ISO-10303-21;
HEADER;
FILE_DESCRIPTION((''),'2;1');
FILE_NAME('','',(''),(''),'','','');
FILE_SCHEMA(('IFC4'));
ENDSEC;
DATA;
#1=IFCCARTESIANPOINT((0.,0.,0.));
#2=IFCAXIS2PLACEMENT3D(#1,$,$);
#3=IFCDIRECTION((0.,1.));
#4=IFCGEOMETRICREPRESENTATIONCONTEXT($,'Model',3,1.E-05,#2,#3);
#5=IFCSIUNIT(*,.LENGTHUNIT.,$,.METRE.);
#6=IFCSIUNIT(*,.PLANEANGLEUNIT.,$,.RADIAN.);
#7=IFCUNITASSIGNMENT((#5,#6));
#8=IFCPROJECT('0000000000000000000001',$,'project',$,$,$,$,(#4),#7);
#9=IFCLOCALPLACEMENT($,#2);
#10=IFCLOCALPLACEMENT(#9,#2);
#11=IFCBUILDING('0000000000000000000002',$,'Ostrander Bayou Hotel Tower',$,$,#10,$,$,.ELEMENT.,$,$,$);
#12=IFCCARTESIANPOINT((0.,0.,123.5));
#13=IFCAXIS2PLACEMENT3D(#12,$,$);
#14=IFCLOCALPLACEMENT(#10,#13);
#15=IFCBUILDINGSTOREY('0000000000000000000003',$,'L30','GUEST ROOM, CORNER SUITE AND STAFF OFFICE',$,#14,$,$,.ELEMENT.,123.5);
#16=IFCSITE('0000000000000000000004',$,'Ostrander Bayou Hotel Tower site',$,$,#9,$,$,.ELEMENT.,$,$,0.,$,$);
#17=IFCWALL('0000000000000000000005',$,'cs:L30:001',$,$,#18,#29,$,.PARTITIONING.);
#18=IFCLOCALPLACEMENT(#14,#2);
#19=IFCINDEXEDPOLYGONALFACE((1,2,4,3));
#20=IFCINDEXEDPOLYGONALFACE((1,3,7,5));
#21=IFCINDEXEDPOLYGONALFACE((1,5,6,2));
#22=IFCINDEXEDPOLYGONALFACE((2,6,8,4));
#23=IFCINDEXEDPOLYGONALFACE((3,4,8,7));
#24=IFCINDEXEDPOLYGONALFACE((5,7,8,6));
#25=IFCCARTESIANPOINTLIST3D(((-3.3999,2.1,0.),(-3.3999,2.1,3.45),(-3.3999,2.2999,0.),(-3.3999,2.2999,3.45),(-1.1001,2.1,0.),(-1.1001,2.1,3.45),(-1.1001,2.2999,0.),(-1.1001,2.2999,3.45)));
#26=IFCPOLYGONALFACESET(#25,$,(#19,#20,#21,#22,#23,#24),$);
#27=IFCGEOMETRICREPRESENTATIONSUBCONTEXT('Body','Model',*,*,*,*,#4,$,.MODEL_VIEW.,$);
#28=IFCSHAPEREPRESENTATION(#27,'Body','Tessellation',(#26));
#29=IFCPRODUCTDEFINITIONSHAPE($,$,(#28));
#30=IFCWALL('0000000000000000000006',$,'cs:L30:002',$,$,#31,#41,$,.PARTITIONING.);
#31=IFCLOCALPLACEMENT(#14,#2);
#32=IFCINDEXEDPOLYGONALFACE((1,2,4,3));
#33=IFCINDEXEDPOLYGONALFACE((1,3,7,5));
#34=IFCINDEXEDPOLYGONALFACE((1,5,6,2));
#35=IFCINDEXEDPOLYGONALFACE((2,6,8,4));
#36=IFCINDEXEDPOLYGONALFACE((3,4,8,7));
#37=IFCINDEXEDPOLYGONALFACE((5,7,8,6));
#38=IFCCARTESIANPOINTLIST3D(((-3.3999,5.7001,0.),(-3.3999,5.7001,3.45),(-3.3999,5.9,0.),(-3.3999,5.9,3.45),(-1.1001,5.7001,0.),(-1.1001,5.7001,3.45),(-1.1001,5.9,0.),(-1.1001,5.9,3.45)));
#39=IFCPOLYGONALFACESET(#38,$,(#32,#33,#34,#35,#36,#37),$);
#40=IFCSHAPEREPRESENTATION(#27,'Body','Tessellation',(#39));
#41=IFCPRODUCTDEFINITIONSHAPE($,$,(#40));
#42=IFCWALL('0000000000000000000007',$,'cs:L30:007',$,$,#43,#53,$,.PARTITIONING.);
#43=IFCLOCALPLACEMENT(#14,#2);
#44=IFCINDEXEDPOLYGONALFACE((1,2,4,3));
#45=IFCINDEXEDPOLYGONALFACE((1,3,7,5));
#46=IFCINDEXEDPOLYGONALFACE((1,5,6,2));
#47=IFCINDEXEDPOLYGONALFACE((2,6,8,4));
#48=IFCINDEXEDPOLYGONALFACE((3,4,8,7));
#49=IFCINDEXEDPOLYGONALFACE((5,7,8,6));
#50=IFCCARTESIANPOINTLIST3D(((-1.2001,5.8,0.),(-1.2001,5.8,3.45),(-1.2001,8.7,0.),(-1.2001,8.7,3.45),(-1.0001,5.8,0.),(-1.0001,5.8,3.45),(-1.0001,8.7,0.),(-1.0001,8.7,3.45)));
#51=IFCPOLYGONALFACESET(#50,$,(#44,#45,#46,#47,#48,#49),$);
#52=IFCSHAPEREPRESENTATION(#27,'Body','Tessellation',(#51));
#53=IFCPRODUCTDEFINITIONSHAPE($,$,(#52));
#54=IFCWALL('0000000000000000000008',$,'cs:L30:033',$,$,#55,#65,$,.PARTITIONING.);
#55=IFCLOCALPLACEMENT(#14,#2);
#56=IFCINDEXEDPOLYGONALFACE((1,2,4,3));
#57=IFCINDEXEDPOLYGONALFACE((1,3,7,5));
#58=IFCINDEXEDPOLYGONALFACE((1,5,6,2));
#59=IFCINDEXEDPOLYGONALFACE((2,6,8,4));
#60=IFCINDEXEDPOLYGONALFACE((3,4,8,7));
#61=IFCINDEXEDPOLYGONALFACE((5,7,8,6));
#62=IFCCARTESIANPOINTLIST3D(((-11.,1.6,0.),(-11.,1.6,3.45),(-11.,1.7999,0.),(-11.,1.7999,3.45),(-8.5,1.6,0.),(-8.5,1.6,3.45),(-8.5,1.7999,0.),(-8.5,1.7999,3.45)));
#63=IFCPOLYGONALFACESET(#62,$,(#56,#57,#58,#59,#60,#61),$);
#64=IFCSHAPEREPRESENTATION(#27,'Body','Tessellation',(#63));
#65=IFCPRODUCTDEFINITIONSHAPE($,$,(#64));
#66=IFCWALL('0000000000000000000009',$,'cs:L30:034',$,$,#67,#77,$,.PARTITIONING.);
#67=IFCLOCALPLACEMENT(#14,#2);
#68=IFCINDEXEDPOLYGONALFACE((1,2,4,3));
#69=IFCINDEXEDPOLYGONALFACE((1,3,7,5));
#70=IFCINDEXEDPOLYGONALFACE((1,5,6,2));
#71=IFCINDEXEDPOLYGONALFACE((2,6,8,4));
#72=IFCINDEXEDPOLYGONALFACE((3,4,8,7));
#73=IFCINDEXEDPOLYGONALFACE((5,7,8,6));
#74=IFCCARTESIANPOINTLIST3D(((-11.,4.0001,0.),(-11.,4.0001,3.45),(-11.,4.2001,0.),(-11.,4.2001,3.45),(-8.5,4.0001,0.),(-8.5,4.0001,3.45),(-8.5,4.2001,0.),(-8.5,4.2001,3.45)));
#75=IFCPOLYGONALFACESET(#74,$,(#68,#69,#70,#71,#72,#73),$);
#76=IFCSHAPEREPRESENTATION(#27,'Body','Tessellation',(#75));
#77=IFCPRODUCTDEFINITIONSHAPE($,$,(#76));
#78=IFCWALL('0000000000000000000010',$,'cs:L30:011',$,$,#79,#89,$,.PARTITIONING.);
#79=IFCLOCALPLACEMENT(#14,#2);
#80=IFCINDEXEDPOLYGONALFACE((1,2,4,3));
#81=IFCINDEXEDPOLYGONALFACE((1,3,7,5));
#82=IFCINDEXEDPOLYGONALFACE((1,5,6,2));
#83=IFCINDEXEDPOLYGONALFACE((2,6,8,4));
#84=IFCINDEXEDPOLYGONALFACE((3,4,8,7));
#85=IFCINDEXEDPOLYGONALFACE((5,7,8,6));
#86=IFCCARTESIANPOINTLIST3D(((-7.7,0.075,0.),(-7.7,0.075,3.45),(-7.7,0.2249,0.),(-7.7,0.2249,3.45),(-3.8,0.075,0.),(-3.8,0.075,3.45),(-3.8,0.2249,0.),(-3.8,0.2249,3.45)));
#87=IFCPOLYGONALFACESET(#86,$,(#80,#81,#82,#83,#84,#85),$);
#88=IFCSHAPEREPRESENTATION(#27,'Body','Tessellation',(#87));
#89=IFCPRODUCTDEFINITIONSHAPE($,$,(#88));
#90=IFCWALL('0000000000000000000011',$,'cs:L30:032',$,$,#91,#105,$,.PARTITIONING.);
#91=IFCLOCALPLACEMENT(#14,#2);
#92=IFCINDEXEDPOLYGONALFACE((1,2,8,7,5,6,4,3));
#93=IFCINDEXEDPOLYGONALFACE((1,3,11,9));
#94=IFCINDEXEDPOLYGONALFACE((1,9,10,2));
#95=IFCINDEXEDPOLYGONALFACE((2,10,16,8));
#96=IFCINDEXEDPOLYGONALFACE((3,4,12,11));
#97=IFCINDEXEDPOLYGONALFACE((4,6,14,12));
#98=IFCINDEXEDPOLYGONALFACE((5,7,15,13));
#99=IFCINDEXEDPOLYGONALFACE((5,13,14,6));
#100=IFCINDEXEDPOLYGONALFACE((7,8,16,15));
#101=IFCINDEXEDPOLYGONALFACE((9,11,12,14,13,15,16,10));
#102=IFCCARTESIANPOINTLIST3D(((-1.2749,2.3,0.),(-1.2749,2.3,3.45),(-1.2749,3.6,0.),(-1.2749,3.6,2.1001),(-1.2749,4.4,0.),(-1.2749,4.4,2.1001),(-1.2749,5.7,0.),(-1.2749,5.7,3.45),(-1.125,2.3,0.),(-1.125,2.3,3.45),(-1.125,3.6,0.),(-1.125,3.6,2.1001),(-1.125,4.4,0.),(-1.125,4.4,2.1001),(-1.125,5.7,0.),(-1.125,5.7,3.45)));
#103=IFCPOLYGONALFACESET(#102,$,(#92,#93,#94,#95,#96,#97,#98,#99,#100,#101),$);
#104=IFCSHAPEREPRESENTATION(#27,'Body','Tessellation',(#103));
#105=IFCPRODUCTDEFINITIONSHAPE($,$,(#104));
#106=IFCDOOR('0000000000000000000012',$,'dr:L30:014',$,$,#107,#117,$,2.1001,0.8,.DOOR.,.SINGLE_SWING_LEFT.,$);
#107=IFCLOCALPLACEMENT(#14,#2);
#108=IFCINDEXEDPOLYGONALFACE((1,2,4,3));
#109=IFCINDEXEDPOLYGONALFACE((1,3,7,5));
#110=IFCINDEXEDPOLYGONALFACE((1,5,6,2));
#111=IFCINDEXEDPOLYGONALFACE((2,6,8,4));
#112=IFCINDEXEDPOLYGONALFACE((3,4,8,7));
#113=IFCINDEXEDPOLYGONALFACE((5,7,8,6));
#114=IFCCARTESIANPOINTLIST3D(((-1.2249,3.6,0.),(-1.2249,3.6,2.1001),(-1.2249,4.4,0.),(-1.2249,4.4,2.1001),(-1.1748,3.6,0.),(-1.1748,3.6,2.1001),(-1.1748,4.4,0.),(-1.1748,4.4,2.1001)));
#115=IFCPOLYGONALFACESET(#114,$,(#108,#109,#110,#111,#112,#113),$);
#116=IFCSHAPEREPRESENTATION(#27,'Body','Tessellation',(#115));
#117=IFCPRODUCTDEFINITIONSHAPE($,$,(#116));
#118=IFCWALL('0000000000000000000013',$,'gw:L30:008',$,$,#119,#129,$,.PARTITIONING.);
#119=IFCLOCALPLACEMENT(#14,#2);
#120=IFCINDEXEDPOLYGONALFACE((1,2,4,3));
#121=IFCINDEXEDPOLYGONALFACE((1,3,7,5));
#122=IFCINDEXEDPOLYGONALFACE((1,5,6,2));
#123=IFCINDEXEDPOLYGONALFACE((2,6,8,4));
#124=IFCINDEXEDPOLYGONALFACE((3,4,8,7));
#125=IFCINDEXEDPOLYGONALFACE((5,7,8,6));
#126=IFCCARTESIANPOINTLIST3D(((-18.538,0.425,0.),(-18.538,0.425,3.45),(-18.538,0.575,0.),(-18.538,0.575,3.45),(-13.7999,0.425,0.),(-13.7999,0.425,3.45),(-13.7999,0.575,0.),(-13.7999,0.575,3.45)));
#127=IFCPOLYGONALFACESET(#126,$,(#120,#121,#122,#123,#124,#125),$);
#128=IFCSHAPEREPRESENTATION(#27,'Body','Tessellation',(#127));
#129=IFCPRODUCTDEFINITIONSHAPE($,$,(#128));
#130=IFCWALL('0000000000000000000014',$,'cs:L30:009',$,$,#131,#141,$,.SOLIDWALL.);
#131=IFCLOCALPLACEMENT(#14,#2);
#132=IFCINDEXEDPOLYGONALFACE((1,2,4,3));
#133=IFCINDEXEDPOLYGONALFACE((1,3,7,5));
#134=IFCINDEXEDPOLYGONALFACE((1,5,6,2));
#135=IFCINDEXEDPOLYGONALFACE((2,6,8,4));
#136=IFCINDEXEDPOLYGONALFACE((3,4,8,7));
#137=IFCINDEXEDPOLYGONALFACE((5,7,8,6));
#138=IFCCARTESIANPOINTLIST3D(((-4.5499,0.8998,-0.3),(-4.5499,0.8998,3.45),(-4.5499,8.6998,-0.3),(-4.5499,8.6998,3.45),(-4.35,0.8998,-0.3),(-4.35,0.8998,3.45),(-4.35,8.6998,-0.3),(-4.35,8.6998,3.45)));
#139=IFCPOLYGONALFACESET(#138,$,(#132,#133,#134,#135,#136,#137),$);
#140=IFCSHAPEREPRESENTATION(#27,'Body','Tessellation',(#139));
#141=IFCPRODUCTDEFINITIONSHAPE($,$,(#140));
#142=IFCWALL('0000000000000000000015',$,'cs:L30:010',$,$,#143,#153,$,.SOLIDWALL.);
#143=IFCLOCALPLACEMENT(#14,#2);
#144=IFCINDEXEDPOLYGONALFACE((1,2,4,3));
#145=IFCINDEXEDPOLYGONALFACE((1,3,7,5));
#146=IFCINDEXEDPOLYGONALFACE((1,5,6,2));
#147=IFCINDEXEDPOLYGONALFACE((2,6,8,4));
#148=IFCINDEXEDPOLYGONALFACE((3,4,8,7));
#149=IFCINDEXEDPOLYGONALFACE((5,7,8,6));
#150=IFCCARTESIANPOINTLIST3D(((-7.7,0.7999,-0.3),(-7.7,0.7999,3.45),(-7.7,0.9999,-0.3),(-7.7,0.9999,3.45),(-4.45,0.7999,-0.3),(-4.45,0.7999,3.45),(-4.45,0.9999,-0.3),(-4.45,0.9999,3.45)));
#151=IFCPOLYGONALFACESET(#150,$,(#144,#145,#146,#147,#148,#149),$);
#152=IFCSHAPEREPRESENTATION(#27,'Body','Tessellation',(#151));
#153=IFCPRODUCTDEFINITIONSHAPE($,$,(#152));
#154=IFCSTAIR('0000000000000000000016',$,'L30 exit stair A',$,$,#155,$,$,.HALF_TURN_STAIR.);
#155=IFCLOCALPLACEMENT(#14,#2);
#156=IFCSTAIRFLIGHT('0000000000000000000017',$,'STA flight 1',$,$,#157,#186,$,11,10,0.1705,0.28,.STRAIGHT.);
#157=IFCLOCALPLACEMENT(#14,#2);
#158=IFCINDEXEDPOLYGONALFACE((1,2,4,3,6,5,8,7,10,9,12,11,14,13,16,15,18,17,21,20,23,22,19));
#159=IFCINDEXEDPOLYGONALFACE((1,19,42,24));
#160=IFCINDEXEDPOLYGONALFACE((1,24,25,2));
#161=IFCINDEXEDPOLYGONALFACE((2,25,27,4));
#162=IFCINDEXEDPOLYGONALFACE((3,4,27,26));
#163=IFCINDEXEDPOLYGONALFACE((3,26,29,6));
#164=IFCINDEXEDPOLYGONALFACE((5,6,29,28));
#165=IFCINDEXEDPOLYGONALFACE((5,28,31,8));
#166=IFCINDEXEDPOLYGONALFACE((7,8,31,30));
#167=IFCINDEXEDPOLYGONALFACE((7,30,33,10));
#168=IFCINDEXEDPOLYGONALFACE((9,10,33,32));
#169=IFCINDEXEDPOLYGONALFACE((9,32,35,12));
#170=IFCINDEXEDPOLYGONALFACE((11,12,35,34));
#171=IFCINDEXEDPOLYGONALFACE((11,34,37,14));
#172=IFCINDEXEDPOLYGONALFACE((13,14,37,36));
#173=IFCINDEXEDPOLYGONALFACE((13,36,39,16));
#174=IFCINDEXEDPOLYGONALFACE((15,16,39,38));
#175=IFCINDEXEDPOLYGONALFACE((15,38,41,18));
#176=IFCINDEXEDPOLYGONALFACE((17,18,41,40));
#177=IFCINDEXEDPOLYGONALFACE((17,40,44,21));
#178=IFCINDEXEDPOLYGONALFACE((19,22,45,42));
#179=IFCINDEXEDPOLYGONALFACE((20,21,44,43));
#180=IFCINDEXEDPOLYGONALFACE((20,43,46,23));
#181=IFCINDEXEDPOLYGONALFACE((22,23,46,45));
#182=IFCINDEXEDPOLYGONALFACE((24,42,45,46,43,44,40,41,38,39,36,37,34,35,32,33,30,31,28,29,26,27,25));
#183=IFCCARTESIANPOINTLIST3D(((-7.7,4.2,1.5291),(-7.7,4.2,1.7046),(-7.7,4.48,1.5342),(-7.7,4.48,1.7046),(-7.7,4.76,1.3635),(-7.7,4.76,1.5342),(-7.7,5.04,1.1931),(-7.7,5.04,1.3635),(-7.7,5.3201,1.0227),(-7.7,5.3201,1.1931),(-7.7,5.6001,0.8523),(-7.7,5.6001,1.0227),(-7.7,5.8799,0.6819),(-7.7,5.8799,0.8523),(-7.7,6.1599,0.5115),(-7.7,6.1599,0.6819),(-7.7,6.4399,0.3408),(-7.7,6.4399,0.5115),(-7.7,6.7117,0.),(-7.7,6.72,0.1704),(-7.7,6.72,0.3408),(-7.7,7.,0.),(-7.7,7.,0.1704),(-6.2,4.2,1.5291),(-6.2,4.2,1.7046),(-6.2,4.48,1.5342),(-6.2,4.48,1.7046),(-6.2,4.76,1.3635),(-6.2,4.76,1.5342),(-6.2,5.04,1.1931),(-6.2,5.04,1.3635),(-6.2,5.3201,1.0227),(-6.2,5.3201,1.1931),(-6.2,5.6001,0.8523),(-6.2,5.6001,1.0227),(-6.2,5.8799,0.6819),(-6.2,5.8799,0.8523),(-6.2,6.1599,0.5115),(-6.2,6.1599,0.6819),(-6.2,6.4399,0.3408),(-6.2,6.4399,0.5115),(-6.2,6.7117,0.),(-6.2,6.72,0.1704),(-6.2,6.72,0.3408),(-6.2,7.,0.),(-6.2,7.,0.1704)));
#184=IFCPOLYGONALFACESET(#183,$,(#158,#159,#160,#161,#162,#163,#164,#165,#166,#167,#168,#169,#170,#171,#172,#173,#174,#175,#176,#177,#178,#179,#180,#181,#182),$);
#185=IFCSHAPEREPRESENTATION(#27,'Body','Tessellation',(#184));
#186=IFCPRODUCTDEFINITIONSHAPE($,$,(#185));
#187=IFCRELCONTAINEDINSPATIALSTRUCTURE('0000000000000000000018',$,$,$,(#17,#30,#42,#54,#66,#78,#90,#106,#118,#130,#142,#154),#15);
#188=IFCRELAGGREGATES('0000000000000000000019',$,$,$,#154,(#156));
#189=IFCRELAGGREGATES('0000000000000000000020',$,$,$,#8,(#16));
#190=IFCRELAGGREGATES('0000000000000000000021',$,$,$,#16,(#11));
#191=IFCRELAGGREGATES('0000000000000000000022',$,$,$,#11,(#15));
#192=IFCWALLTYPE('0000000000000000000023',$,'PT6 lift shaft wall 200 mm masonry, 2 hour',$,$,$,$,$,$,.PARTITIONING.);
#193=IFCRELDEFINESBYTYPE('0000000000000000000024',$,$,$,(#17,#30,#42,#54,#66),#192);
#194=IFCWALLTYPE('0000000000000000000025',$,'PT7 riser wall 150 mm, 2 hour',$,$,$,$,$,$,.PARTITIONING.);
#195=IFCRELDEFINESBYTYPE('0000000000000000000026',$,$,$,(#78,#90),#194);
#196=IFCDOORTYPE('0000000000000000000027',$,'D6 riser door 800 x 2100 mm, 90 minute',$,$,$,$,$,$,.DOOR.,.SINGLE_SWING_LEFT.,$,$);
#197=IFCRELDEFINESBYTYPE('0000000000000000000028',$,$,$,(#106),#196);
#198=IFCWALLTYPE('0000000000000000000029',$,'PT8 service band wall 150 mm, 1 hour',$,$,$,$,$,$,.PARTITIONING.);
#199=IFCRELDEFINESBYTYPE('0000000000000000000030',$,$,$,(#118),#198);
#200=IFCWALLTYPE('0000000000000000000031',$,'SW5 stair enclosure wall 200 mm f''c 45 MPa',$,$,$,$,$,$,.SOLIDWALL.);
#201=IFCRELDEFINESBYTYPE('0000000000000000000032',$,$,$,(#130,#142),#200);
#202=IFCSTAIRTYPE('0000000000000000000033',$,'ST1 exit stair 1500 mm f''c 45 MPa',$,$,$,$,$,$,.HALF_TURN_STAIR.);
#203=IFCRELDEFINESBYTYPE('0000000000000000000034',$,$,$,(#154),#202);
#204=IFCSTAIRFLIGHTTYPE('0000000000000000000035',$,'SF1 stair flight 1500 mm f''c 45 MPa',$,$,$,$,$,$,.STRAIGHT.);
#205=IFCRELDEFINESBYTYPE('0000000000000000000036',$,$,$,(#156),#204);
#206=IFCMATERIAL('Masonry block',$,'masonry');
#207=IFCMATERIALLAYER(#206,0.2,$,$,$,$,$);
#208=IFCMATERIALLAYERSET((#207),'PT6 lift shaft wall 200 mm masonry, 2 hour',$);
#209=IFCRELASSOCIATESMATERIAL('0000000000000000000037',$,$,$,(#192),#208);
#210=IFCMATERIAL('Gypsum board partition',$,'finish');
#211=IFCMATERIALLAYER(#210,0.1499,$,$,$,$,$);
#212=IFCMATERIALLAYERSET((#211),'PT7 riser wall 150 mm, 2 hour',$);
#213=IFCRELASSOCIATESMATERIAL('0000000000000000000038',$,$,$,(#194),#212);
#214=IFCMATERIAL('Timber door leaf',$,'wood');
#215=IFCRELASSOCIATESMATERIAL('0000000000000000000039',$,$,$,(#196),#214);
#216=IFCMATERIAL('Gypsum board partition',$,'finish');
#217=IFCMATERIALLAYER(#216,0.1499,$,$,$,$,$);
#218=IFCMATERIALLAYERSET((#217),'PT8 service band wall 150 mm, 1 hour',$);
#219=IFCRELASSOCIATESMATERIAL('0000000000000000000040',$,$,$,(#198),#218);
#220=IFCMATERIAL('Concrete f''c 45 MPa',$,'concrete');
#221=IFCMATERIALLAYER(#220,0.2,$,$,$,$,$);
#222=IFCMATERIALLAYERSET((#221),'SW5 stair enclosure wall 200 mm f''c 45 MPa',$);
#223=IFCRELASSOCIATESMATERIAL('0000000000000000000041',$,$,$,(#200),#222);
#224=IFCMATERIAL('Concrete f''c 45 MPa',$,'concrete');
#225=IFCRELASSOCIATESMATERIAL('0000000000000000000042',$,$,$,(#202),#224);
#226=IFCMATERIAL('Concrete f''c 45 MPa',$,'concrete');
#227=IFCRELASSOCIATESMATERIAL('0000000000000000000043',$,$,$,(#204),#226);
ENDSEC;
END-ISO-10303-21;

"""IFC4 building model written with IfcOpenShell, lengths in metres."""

from ifc_helpers import new_model, si_unit, direction, frame, frame_2d, origin, place, context, subcontext, project, spatial, polyline, rectangle, outline, extrude, material, layer, layer_set, type_object, element, fill, aggregate, save


model = new_model("IFC4")

# Units and contexts
model_context = context("Model", 3, precision=1e-05, world=origin(), true_north=direction((0.0, 1.0)))
body_context = subcontext(model_context, "Body", "Model", "MODEL_VIEW")
ifc_project = project(units=[si_unit("LENGTHUNIT", "METRE"), si_unit("PLANEANGLEUNIT", "RADIAN")], contexts=[model_context])

# Site, building, storey
site_placement = place(None, origin())
site = spatial("IfcSite", under=ifc_project, at=site_placement, Name="Ostrander Bayou Hotel Tower site", CompositionType="ELEMENT", RefElevation=0.0)
building_placement = place(site_placement, origin())
building = spatial("IfcBuilding", under=site, at=building_placement, Name="Ostrander Bayou Hotel Tower", CompositionType="ELEMENT")
storey_placement = place(building_placement, frame((0.0, 0.0, 123.5)))
storey = spatial("IfcBuildingStorey", under=building, at=storey_placement, Name="L30", Description="GUEST ROOM, CORNER SUITE AND STAFF OFFICE", CompositionType="ELEMENT", Elevation=123.5)

# Walls
ifc_material_1 = material(Name="Masonry block", Category="masonry")
ifc_layer_1 = layer(ifc_material_1, 0.2)
ifc_layer_set_1 = layer_set([ifc_layer_1], Name="PT6 lift shaft wall 200 mm masonry, 2 hour")
wall_type_1 = type_object("IfcWallType", Name="PT6 lift shaft wall 200 mm masonry, 2 hour", PredefinedType="PARTITIONING", material=ifc_layer_set_1)
for number, where, z_axis, x_axis, name in (
    (1, (-3.3999, 2.2, 0.0), (0.0, 0.0, 1.0), (1.0, 0.0, 0.0), "cs:L30:001"),
    (2, (-3.3999, 5.8, 0.0), (0.0, 0.0, 1.0), (1.0, 0.0, 0.0), "cs:L30:002"),
):
    element("IfcWall", number, at=place(storey_placement, frame(where, z_axis=z_axis, x_axis=x_axis)), inside=storey, type_object=wall_type_1, Name=name, PredefinedType="PARTITIONING", context=body_context, shape_type="SweptSolid", body=[
        extrude(rectangle(XDim=2.2998, YDim=0.2, at=frame_2d((1.1499, 0.0))), origin(), (0.0, 0.0, 1.0), 3.45),
    ])
wall_1_placement = place(storey_placement, frame((-1.1001, 5.8, 0.0), z_axis=(0.0, 0.0, 1.0), x_axis=(0.0, 1.0, 0.0)))
element("IfcWall", 3, at=wall_1_placement, inside=storey, type_object=wall_type_1, Name="cs:L30:007", PredefinedType="PARTITIONING", context=body_context, shape_type="SweptSolid", body=[
    extrude(rectangle(XDim=2.8999, YDim=0.2, at=frame_2d((1.45, 0.0))), origin(), (0.0, 0.0, 1.0), 3.45),
])
for number, where, z_axis, x_axis, name in (
    (4, (-11.0, 1.7, 0.0), (0.0, 0.0, 1.0), (1.0, 0.0, 0.0), "cs:L30:033"),
    (5, (-11.0, 4.1001, 0.0), (0.0, 0.0, 1.0), (1.0, 0.0, 0.0), "cs:L30:034"),
):
    element("IfcWall", number, at=place(storey_placement, frame(where, z_axis=z_axis, x_axis=x_axis)), inside=storey, type_object=wall_type_1, Name=name, PredefinedType="PARTITIONING", context=body_context, shape_type="SweptSolid", body=[
        extrude(rectangle(XDim=2.5, YDim=0.2, at=frame_2d((1.25, 0.0))), origin(), (0.0, 0.0, 1.0), 3.45),
    ])
ifc_material_2 = material(Name="Gypsum board partition", Category="finish")
ifc_layer_2 = layer(ifc_material_2, 0.1499)
ifc_layer_set_2 = layer_set([ifc_layer_2], Name="PT7 riser wall 150 mm, 2 hour")
wall_type_2 = type_object("IfcWallType", Name="PT7 riser wall 150 mm, 2 hour", PredefinedType="PARTITIONING", material=ifc_layer_set_2)
wall_2_placement = place(storey_placement, frame((-7.7, 0.1499, 0.0), z_axis=(0.0, 0.0, 1.0), x_axis=(1.0, 0.0, 0.0)))
element("IfcWall", 6, at=wall_2_placement, inside=storey, type_object=wall_type_2, Name="cs:L30:011", PredefinedType="PARTITIONING", context=body_context, shape_type="SweptSolid", body=[
    extrude(rectangle(XDim=3.8999, YDim=0.1499, at=frame_2d((1.95, 0.0))), origin(), (0.0, 0.0, 1.0), 3.45),
])

# Wall, opening, door
wall_3_placement = place(storey_placement, frame((-1.2, 2.3, 0.0), z_axis=(0.0, 0.0, 1.0), x_axis=(0.0, 1.0, 0.0)))
wall_3 = element("IfcWall", 7, at=wall_3_placement, inside=storey, type_object=wall_type_2, Name="cs:L30:032", PredefinedType="PARTITIONING", context=body_context, shape_type="SweptSolid", body=[
    extrude(rectangle(XDim=3.3999, YDim=0.1499, at=frame_2d((1.7, 0.0))), origin(), (0.0, 0.0, 1.0), 3.45),
])
opening_1_placement = place(wall_3_placement, frame((1.3, 0.0, 0.0)))
opening_1 = element("IfcOpeningElement", 8, at=opening_1_placement, cuts=wall_3, PredefinedType="OPENING", context=body_context, shape_type="SweptSolid", body=[
    extrude(rectangle(XDim=0.8, YDim=2.1001, at=frame_2d((0.3999, 1.05))), frame((0.0, 0.075, 0.0), z_axis=(0.0, -1.0, 0.0), x_axis=(1.0, 0.0, 0.0)), (0.0, 0.0, 1.0), 0.1499),
])
ifc_material_3 = material(Name="Timber door leaf", Category="wood")
door_type_1 = type_object("IfcDoorType", Name="D6 riser door 800 x 2100 mm, 90 minute", OperationType="SINGLE_SWING_LEFT", PredefinedType="DOOR", material=ifc_material_3)
door_1_placement = place(opening_1_placement, origin())
door_1 = element("IfcDoor", 9, at=door_1_placement, inside=storey, type_object=door_type_1, Name="dr:L30:014", OperationType="SINGLE_SWING_LEFT", OverallHeight=2.1001, OverallWidth=0.8, PredefinedType="DOOR", context=body_context, shape_type="SweptSolid", body=[
    extrude(rectangle(XDim=0.8, YDim=2.1001, at=frame_2d((0.3999, 1.05))), frame((0.0, 0.0249, 0.0), z_axis=(0.0, -1.0, 0.0), x_axis=(1.0, 0.0, 0.0)), (0.0, 0.0, 1.0), 0.05),
])
fill(opening_1, door_1)

# Walls
ifc_material_4 = material(Name="Gypsum board partition", Category="finish")
ifc_layer_3 = layer(ifc_material_4, 0.1499)
ifc_layer_set_3 = layer_set([ifc_layer_3], Name="PT8 service band wall 150 mm, 1 hour")
wall_type_3 = type_object("IfcWallType", Name="PT8 service band wall 150 mm, 1 hour", PredefinedType="PARTITIONING", material=ifc_layer_set_3)
wall_4_placement = place(storey_placement, frame((-18.5381, 0.5, 0.0), z_axis=(0.0, 0.0, 1.0), x_axis=(1.0, 0.0, 0.0)))
element("IfcWall", 10, at=wall_4_placement, inside=storey, type_object=wall_type_3, Name="gw:L30:008", PredefinedType="PARTITIONING", context=body_context, shape_type="SweptSolid", body=[
    extrude(rectangle(XDim=4.738, YDim=0.1499, at=frame_2d((2.3691, 0.0))), origin(), (0.0, 0.0, 1.0), 3.45),
])
ifc_material_5 = material(Name="Concrete f'c 45 MPa", Category="concrete")
ifc_layer_4 = layer(ifc_material_5, 0.2)
ifc_layer_set_4 = layer_set([ifc_layer_4], Name="SW5 stair enclosure wall 200 mm f'c 45 MPa")
wall_type_4 = type_object("IfcWallType", Name="SW5 stair enclosure wall 200 mm f'c 45 MPa", PredefinedType="SOLIDWALL", material=ifc_layer_set_4)
wall_5_placement = place(storey_placement, frame((-4.45, 0.8999, -0.3), z_axis=(0.0, 0.0, 1.0), x_axis=(0.0, 1.0, 0.0)))
element("IfcWall", 11, at=wall_5_placement, inside=storey, type_object=wall_type_4, Name="cs:L30:009", PredefinedType="SOLIDWALL", context=body_context, shape_type="SweptSolid", body=[
    extrude(rectangle(XDim=7.8, YDim=0.2, at=frame_2d((3.8999, 0.0))), origin(), (0.0, 0.0, 1.0), 3.75),
])
wall_6_placement = place(storey_placement, frame((-7.7, 0.8999, -0.3), z_axis=(0.0, 0.0, 1.0), x_axis=(1.0, 0.0, 0.0)))
element("IfcWall", 12, at=wall_6_placement, inside=storey, type_object=wall_type_4, Name="cs:L30:010", PredefinedType="SOLIDWALL", context=body_context, shape_type="SweptSolid", body=[
    extrude(rectangle(XDim=3.25, YDim=0.2, at=frame_2d((1.625, 0.0))), origin(), (0.0, 0.0, 1.0), 3.75),
])

# Stair, stair flight
ifc_material_6 = material(Name="Concrete f'c 45 MPa", Category="concrete")
stair_type = type_object("IfcStairType", Name="ST1 exit stair 1500 mm f'c 45 MPa", PredefinedType="HALF_TURN_STAIR", material=ifc_material_6)
stair_placement = place(storey_placement, origin())
stair = element("IfcStair", 13, at=stair_placement, inside=storey, type_object=stair_type, Name="L30 exit stair A", PredefinedType="HALF_TURN_STAIR")
ifc_material_7 = material(Name="Concrete f'c 45 MPa", Category="concrete")
stair_flight_type = type_object("IfcStairFlightType", Name="SF1 stair flight 1500 mm f'c 45 MPa", PredefinedType="STRAIGHT", material=ifc_material_7)
stair_flight_1_placement = place(storey_placement, frame((-6.95, 7.0, 0.0), z_axis=(0.0, 0.0, 1.0), x_axis=(0.0, -1.0, 0.0)))
stair_flight_1 = element("IfcStairFlight", 14, at=stair_flight_1_placement, type_object=stair_flight_type, Name="STA flight 1", NumberOfRisers=11, NumberOfTreads=10, PredefinedType="STRAIGHT", RiserHeight=0.1705, TreadLength=0.28, context=body_context, shape_type="SweptSolid", body=[
    extrude(outline(polyline([(0.0, 0.0), (0.0, 0.1704), (0.28, 0.1704), (0.28, 0.3408), (0.5601, 0.3408), (0.5601, 0.5115), (0.8401, 0.5115), (0.8401, 0.6819), (1.1201, 0.6819), (1.1201, 0.8523), (1.3999, 0.8523), (1.3999, 1.0227), (1.6799, 1.0227), (1.6799, 1.1931), (1.96, 1.1931), (1.96, 1.3635), (2.24, 1.3635), (2.24, 1.5342), (2.52, 1.5342), (2.52, 1.7046), (2.8, 1.7046), (2.8, 1.875), (2.8, 1.5291), (0.2883, 0.0), (0.0, 0.0)])), frame((0.0, 0.75, 0.0), z_axis=(0.0, -1.0, 0.0), x_axis=(1.0, 0.0, 0.0)), (0.0, 0.0, 1.0), 1.5),
])
aggregate(stair, [stair_flight_1])

save(model, "model.ifc")
